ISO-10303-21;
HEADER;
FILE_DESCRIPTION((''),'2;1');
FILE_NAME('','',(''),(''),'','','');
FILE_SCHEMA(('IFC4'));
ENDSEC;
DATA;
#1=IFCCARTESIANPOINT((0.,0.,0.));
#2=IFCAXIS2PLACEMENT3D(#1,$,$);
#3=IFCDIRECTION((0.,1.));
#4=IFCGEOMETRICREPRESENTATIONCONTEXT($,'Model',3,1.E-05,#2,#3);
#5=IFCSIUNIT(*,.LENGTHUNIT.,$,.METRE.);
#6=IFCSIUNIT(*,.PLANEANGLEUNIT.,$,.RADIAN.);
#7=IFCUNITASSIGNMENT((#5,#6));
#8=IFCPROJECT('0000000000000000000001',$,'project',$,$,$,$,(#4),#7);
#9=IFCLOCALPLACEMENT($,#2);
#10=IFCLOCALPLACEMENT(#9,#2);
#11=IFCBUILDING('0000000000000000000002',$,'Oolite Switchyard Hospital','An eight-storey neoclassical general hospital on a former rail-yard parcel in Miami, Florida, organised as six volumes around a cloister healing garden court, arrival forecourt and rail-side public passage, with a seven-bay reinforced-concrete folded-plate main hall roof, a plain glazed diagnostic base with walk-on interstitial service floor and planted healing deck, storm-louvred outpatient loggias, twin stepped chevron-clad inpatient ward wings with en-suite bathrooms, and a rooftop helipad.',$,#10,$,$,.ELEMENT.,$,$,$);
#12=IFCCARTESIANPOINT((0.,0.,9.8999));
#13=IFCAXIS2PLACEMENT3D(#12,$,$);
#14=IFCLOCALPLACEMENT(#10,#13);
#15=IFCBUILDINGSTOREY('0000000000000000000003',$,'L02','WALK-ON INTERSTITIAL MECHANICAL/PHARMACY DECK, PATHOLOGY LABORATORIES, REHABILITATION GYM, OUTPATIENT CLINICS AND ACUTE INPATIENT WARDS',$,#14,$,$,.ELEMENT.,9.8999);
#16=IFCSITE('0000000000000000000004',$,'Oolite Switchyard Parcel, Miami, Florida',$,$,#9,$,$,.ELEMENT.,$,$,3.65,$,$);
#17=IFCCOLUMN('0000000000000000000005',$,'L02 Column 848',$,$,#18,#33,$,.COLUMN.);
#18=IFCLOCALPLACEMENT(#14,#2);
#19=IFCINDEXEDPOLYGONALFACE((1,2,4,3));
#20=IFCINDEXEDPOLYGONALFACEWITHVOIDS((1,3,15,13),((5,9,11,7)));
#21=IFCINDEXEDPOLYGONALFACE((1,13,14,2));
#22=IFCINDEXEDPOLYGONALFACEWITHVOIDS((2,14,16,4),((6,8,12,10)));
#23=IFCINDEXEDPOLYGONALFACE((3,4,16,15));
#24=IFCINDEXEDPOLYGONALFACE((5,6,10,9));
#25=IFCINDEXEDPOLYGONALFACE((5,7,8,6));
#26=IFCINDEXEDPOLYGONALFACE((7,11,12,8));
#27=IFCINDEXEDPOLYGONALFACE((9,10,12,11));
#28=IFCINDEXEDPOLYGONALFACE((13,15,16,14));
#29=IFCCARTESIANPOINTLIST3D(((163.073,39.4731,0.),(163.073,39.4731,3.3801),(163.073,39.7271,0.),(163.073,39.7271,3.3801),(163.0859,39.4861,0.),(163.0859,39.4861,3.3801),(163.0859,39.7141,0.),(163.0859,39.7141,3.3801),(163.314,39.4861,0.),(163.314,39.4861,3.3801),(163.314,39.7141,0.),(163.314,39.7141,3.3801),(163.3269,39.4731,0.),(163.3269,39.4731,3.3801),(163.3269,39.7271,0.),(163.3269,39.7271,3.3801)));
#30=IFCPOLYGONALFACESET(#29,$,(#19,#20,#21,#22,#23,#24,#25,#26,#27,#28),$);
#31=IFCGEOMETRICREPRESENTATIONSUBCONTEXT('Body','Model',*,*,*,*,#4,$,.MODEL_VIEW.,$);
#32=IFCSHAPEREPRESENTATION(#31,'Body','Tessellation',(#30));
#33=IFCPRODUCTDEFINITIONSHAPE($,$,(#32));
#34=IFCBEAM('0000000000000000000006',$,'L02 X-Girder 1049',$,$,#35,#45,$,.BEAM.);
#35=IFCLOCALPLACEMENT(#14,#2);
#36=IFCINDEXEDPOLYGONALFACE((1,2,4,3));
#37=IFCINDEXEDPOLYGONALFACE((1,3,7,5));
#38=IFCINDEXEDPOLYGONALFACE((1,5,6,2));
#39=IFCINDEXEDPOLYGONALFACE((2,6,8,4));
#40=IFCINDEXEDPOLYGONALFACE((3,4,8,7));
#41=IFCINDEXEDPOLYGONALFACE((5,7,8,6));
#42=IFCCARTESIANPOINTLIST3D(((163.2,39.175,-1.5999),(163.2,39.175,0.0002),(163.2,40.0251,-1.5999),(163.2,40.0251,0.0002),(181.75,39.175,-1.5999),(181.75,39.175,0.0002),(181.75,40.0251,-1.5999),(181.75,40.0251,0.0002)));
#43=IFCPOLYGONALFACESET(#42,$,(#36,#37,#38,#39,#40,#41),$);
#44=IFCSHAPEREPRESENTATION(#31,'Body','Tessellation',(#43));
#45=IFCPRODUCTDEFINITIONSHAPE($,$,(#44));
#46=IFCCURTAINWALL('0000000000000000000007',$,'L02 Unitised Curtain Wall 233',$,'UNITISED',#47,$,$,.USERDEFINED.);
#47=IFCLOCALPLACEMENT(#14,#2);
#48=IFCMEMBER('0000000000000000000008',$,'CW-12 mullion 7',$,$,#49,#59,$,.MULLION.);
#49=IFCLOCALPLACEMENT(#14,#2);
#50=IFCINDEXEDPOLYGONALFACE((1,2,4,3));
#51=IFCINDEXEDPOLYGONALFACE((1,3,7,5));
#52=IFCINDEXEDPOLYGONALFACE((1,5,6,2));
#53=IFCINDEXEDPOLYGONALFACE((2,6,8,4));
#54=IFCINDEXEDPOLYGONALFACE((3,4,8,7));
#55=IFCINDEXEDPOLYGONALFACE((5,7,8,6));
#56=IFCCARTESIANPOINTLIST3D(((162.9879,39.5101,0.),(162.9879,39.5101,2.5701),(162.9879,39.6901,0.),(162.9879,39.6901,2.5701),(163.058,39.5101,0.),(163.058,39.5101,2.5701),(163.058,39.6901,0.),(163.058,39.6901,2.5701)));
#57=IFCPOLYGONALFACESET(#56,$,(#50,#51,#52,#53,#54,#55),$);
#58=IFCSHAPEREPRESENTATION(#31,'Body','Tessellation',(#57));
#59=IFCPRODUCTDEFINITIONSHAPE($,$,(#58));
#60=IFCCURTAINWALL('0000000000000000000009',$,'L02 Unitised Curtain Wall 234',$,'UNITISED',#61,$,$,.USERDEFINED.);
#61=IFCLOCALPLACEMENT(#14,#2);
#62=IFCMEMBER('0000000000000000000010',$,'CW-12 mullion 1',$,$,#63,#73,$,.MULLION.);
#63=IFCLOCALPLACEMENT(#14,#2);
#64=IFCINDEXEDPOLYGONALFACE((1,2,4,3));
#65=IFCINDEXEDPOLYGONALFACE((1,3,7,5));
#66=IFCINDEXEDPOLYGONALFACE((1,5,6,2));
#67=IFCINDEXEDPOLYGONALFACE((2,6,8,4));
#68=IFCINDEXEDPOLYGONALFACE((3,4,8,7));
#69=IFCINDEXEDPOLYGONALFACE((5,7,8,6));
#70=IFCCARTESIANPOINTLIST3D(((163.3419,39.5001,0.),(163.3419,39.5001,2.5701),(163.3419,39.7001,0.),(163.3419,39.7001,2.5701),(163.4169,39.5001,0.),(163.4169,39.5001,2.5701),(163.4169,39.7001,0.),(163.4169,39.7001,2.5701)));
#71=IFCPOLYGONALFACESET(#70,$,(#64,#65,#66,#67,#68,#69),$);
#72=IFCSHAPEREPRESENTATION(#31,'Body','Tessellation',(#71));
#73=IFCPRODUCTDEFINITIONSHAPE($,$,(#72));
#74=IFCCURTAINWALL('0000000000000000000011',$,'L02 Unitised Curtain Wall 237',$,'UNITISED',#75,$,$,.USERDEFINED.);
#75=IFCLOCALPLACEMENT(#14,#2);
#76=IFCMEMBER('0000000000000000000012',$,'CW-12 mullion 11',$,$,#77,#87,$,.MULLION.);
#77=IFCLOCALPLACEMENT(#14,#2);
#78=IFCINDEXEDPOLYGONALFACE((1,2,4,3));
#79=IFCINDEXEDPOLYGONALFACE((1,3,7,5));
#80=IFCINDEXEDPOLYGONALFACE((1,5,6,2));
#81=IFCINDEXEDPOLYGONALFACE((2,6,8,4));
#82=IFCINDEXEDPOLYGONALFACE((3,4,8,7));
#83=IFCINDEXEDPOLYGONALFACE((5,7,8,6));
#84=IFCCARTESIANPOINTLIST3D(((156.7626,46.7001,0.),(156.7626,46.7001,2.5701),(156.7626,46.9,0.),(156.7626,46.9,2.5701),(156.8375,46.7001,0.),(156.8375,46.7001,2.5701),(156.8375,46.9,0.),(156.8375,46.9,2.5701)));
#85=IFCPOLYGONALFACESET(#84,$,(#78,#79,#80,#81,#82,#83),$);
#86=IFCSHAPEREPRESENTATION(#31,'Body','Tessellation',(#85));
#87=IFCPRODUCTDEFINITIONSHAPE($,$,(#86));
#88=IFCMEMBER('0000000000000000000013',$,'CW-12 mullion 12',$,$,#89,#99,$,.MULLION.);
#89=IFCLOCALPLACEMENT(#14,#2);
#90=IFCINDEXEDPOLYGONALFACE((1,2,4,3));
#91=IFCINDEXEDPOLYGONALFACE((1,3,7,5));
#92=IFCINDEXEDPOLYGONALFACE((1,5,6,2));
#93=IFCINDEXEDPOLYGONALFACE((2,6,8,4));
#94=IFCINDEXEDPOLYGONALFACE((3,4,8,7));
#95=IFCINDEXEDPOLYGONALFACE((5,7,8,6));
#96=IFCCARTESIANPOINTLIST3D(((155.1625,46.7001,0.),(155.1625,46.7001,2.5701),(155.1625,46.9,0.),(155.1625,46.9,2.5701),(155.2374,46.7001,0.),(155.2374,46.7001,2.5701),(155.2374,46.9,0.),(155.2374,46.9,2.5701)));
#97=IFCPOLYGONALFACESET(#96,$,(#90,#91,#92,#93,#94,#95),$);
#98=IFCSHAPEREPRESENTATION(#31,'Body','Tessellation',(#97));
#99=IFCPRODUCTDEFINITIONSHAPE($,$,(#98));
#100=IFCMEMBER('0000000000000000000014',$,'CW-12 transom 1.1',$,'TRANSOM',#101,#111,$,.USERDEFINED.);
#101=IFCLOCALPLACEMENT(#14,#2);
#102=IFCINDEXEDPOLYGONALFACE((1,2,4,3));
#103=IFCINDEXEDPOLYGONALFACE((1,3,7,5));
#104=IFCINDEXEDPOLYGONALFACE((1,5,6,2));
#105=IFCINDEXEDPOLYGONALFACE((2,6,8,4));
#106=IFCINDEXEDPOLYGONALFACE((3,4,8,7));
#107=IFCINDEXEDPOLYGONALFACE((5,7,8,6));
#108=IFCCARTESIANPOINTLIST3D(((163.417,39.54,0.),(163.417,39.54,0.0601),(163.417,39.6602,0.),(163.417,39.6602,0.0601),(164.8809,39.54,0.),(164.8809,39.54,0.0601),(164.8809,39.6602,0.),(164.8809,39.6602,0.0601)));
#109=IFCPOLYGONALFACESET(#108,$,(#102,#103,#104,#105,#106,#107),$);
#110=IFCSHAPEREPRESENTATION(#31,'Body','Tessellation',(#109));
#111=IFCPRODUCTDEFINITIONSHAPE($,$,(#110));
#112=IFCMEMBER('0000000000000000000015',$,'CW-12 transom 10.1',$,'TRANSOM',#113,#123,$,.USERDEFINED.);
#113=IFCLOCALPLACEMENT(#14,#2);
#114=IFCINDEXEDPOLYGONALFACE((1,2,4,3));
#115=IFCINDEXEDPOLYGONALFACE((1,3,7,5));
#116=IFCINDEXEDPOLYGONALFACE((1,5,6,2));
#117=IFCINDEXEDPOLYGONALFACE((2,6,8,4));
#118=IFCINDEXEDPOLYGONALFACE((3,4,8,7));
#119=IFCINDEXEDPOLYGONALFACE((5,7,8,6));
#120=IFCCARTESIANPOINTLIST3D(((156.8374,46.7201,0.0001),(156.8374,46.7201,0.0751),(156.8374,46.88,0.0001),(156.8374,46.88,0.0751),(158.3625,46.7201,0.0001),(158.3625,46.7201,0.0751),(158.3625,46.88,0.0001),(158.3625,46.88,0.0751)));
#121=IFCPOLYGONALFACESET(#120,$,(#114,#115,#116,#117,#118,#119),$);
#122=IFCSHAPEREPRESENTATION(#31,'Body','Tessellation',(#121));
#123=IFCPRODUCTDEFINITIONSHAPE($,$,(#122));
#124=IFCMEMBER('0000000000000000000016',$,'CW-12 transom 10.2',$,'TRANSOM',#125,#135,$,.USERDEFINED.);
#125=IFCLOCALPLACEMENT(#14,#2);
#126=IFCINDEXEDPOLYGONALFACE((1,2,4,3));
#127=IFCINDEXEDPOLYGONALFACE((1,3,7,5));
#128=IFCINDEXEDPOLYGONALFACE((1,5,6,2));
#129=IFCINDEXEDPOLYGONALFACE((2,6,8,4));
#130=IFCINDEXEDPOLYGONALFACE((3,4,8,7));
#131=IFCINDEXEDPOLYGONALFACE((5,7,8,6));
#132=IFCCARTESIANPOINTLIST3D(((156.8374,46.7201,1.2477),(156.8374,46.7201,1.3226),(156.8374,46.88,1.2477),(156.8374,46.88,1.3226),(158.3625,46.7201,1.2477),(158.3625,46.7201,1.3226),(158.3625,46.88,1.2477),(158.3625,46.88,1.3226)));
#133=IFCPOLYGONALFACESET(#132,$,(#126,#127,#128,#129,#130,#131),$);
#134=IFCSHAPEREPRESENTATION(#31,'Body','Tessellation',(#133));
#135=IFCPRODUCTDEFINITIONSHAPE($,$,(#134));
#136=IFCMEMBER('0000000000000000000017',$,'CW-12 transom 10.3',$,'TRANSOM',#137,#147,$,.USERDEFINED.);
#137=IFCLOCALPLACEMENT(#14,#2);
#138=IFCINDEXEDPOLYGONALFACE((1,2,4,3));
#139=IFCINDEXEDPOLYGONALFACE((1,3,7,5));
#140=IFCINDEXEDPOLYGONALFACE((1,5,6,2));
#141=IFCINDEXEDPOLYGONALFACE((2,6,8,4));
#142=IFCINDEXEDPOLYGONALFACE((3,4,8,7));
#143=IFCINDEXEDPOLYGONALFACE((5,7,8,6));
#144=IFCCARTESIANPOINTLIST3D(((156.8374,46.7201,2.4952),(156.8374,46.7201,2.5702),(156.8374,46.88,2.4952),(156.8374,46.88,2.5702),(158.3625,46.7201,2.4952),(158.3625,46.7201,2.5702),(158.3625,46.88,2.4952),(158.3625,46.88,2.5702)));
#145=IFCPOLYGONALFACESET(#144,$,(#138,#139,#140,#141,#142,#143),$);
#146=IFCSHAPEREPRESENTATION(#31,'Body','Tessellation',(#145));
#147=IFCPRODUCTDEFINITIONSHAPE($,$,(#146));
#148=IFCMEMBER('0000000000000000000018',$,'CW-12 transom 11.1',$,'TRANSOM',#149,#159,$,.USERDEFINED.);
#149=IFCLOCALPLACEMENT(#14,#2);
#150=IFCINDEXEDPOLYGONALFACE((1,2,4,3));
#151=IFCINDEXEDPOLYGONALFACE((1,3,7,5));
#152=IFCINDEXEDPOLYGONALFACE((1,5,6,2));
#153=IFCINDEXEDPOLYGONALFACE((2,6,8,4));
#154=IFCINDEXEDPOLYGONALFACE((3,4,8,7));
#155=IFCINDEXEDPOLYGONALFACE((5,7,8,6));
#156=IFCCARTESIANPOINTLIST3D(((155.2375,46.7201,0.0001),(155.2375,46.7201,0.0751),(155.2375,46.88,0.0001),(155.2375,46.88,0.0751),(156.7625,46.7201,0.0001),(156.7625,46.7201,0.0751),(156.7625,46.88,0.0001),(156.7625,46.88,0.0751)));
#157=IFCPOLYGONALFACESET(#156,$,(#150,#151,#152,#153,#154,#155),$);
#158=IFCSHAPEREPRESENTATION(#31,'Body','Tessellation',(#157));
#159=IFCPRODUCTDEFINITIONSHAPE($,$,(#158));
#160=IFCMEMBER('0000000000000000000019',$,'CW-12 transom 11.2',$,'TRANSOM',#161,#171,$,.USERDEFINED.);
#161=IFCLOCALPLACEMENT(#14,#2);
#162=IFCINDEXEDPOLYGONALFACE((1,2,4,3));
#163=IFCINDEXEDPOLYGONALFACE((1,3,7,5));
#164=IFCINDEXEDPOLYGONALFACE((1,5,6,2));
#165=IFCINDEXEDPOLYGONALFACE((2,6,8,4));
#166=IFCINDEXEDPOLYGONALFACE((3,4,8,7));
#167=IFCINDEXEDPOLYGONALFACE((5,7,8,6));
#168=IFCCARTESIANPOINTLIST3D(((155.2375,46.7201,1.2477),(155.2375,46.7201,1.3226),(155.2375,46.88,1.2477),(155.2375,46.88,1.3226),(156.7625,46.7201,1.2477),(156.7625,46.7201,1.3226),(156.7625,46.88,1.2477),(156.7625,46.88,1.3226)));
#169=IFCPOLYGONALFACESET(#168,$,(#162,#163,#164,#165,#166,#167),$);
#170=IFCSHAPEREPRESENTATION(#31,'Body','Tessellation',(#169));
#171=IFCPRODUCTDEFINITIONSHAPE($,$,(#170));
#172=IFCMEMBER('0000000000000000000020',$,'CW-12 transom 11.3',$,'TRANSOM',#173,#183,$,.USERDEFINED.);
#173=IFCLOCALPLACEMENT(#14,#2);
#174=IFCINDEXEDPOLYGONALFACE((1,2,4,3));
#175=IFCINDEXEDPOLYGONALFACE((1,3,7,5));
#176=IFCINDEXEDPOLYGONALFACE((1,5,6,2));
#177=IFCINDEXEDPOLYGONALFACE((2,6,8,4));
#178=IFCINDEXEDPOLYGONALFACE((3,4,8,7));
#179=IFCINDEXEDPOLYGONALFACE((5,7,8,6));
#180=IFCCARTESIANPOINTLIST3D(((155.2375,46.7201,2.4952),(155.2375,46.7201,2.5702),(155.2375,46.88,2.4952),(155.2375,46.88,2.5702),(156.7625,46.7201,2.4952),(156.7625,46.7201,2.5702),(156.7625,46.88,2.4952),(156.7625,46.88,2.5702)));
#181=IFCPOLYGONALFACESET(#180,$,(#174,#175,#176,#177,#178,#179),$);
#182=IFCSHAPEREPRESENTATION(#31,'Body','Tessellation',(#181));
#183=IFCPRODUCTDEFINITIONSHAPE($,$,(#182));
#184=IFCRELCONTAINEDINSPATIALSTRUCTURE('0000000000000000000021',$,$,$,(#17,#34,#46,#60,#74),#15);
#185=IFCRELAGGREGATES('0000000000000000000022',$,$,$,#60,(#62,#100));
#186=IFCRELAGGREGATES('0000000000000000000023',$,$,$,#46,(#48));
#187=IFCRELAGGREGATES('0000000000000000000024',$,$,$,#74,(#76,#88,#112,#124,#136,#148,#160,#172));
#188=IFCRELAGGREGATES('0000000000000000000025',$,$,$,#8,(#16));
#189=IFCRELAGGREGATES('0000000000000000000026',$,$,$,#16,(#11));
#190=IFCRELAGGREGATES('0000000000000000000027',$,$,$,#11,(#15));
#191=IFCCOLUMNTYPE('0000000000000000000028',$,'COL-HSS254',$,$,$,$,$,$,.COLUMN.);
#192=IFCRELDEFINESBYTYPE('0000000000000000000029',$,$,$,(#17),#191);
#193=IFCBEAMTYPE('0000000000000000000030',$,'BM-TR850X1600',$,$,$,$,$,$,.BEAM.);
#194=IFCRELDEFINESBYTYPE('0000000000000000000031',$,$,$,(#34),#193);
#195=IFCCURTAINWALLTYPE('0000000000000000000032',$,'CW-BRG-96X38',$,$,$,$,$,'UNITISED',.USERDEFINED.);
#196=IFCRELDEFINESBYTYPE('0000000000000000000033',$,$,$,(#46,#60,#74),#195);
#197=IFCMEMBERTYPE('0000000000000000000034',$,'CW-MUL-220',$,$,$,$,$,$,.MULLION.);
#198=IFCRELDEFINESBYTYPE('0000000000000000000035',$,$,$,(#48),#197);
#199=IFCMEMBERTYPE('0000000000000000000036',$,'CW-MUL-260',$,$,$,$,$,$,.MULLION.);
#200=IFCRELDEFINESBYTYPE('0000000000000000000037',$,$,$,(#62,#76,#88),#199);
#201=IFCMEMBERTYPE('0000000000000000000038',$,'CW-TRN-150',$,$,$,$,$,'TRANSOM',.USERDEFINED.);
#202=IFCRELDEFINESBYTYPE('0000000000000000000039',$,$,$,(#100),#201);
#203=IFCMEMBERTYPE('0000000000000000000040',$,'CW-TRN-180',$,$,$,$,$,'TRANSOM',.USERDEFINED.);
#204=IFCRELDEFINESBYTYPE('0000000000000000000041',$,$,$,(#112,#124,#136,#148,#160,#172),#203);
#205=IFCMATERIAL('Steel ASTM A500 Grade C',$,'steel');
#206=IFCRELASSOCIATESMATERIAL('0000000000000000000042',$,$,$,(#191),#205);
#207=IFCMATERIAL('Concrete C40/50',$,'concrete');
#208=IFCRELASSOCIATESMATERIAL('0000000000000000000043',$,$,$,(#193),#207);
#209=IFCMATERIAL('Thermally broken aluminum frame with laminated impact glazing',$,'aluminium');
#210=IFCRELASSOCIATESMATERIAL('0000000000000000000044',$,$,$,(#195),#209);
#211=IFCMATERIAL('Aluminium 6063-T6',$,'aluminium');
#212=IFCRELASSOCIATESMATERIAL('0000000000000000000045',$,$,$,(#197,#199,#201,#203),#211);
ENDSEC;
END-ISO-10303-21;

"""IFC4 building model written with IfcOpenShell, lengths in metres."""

from ifc_helpers import new_model, si_unit, direction, frame, origin, origin_2d, place, context, subcontext, project, spatial, rectangle, hollow_rectangle, extrude, material, material_profile, profile_set, type_object, element, aggregate, save


model = new_model("IFC4")

# Units and contexts
model_context = context("Model", 3, precision=1e-05, world=origin(), true_north=direction((0.0, 1.0)))
body_context = subcontext(model_context, "Body", "Model", "MODEL_VIEW")
ifc_project = project(units=[si_unit("LENGTHUNIT", "METRE"), si_unit("PLANEANGLEUNIT", "RADIAN")], contexts=[model_context])

# Site, building, storey
site_placement = place(None, origin())
site = spatial("IfcSite", under=ifc_project, at=site_placement, Name="Oolite Switchyard Parcel, Miami, Florida", CompositionType="ELEMENT", RefElevation=3.65)
building_placement = place(site_placement, origin())
building = spatial("IfcBuilding", under=site, at=building_placement, Name="Oolite Switchyard Hospital", Description="An eight-storey neoclassical general hospital on a former rail-yard parcel in Miami, Florida, organised as six volumes around a cloister healing garden court, arrival forecourt and rail-side public passage, with a seven-bay reinforced-concrete folded-plate main hall roof, a plain glazed diagnostic base with walk-on interstitial service floor and planted healing deck, storm-louvred outpatient loggias, twin stepped chevron-clad inpatient ward wings with en-suite bathrooms, and a rooftop helipad.", CompositionType="ELEMENT")
storey_placement = place(building_placement, frame((0.0, 0.0, 9.8999)))
storey = spatial("IfcBuildingStorey", under=building, at=storey_placement, Name="L02", Description="WALK-ON INTERSTITIAL MECHANICAL/PHARMACY DECK, PATHOLOGY LABORATORIES, REHABILITATION GYM, OUTPATIENT CLINICS AND ACUTE INPATIENT WARDS", CompositionType="ELEMENT", Elevation=9.8999)

# Column
ifc_material_1 = material(Name="Steel ASTM A500 Grade C", Category="steel")
ifc_material_profile_1 = material_profile(ifc_material_1, hollow_rectangle(XDim=0.2539, YDim=0.2539, WallThickness=0.0129, at=origin_2d()), Name="HSS254X254X13")
ifc_profile_set_1 = profile_set([ifc_material_profile_1], Name="Steel ASTM A500 Grade C")
column_type = type_object("IfcColumnType", Name="COL-HSS254", PredefinedType="COLUMN", material=ifc_profile_set_1)
column_placement = place(storey_placement, frame((163.2, 39.6001, 0.0), z_axis=(0.0, 0.0, 1.0), x_axis=(1.0, 0.0, 0.0)))
element("IfcColumn", 1, at=column_placement, inside=storey, type_object=column_type, Name="L02 Column 848", PredefinedType="COLUMN", context=body_context, shape_type="SweptSolid", body=[
    extrude(hollow_rectangle(XDim=0.2539, YDim=0.2539, WallThickness=0.0129, at=origin_2d()), origin(), (0.0, 0.0, 1.0), 3.3801),
])

# Beam
ifc_material_2 = material(Name="Concrete C40/50", Category="concrete")
ifc_material_profile_2 = material_profile(ifc_material_2, rectangle(XDim=0.8501, YDim=1.6001, at=origin_2d()), Name="RCT850X1600")
ifc_profile_set_2 = profile_set([ifc_material_profile_2], Name="Concrete C40/50")
beam_type = type_object("IfcBeamType", Name="BM-TR850X1600", PredefinedType="BEAM", material=ifc_profile_set_2)
beam_placement = place(storey_placement, frame((163.2, 39.6001, -0.7998), z_axis=(1.0, 0.0, 0.0), x_axis=(0.0, 1.0, 0.0)))
element("IfcBeam", 2, at=beam_placement, inside=storey, type_object=beam_type, Name="L02 X-Girder 1049", PredefinedType="BEAM", context=body_context, shape_type="SweptSolid", body=[
    extrude(rectangle(XDim=0.8501, YDim=1.6001, at=origin_2d()), origin(), (0.0, 0.0, 1.0), 18.55),
])

# Curtain walls, members
ifc_material_3 = material(Name="Thermally broken aluminum frame with laminated impact glazing", Category="aluminium")
curtain_wall_type = type_object("IfcCurtainWallType", Name="CW-BRG-96X38", ElementType="UNITISED", PredefinedType="USERDEFINED", material=ifc_material_3)
curtain_wall_1_placement = place(storey_placement, origin())
curtain_wall_1 = element("IfcCurtainWall", 3, at=curtain_wall_1_placement, inside=storey, type_object=curtain_wall_type, Name="L02 Unitised Curtain Wall 233", ObjectType="UNITISED", PredefinedType="USERDEFINED")
ifc_material_4 = material(Name="Aluminium 6063-T6", Category="aluminium")
ifc_material_profile_3 = material_profile(ifc_material_4, rectangle(XDim=0.1799, YDim=0.0701, at=origin_2d()), Name="CWM70X180")
ifc_profile_set_3 = profile_set([ifc_material_profile_3], Name="Aluminium 6063-T6")
member_type_1 = type_object("IfcMemberType", Name="CW-MUL-220", PredefinedType="MULLION", material=ifc_profile_set_3)
member_1_placement = place(storey_placement, frame((163.0229, 39.6001, 0.0), z_axis=(0.0, 0.0, 1.0), x_axis=(0.0, 1.0, 0.0)))
member_1 = element("IfcMember", 4, at=member_1_placement, type_object=member_type_1, Name="CW-12 mullion 7", PredefinedType="MULLION", context=body_context, shape_type="SweptSolid", body=[
    extrude(rectangle(XDim=0.1799, YDim=0.0701, at=origin_2d()), origin(), (0.0, 0.0, 1.0), 2.5701),
])
curtain_wall_2_placement = place(storey_placement, origin())
curtain_wall_2 = element("IfcCurtainWall", 5, at=curtain_wall_2_placement, inside=storey, type_object=curtain_wall_type, Name="L02 Unitised Curtain Wall 234", ObjectType="UNITISED", PredefinedType="USERDEFINED")
ifc_material_profile_4 = material_profile(ifc_material_4, rectangle(XDim=0.2, YDim=0.075, at=origin_2d()), Name="CWM75X200")
ifc_profile_set_4 = profile_set([ifc_material_profile_4], Name="Aluminium 6063-T6")
member_type_2 = type_object("IfcMemberType", Name="CW-MUL-260", PredefinedType="MULLION", material=ifc_profile_set_4)
member_2_placement = place(storey_placement, frame((163.3794, 39.6001, 0.0), z_axis=(0.0, 0.0, 1.0), x_axis=(0.0, 1.0, 0.0)))
member_2 = element("IfcMember", 6, at=member_2_placement, type_object=member_type_2, Name="CW-12 mullion 1", PredefinedType="MULLION", context=body_context, shape_type="SweptSolid", body=[
    extrude(rectangle(XDim=0.2, YDim=0.075, at=origin_2d()), origin(), (0.0, 0.0, 1.0), 2.5701),
])

# Curtain wall, members
curtain_wall_3_placement = place(storey_placement, origin())
curtain_wall_3 = element("IfcCurtainWall", 7, at=curtain_wall_3_placement, inside=storey, type_object=curtain_wall_type, Name="L02 Unitised Curtain Wall 237", ObjectType="UNITISED", PredefinedType="USERDEFINED")
member_3_placement = place(storey_placement, frame((156.8, 46.8, 0.0), z_axis=(0.0, 0.0, 1.0), x_axis=(0.0, -1.0, 0.0)))
member_3 = element("IfcMember", 8, at=member_3_placement, type_object=member_type_2, Name="CW-12 mullion 11", PredefinedType="MULLION", context=body_context, shape_type="SweptSolid", body=[
    extrude(rectangle(XDim=0.2, YDim=0.075, at=origin_2d()), origin(), (0.0, 0.0, 1.0), 2.5701),
])
member_4_placement = place(storey_placement, frame((155.2, 46.8, 0.0), z_axis=(0.0, 0.0, 1.0), x_axis=(0.0, -1.0, 0.0)))
member_4 = element("IfcMember", 9, at=member_4_placement, type_object=member_type_2, Name="CW-12 mullion 12", PredefinedType="MULLION", context=body_context, shape_type="SweptSolid", body=[
    extrude(rectangle(XDim=0.2, YDim=0.075, at=origin_2d()), origin(), (0.0, 0.0, 1.0), 2.5701),
])

# Members
ifc_material_profile_5 = material_profile(ifc_material_4, rectangle(XDim=0.1201, YDim=0.0601, at=origin_2d()), Name="CWT60X120")
ifc_profile_set_5 = profile_set([ifc_material_profile_5], Name="Aluminium 6063-T6")
member_type_3 = type_object("IfcMemberType", Name="CW-TRN-150", ElementType="TRANSOM", PredefinedType="USERDEFINED", material=ifc_profile_set_5)
member_5_placement = place(storey_placement, frame((163.417, 39.6001, 0.03), z_axis=(1.0, 0.0, 0.0), x_axis=(0.0, 1.0, 0.0)))
member_5 = element("IfcMember", 10, at=member_5_placement, type_object=member_type_3, Name="CW-12 transom 1.1", ObjectType="TRANSOM", PredefinedType="USERDEFINED", context=body_context, shape_type="SweptSolid", body=[
    extrude(rectangle(XDim=0.1201, YDim=0.0601, at=origin_2d()), origin(), (0.0, 0.0, 1.0), 1.4639),
])
aggregate(curtain_wall_2, [member_2, member_5])
ifc_material_profile_6 = material_profile(ifc_material_4, rectangle(XDim=0.1599, YDim=0.075, at=origin_2d()), Name="CWT75X160")
ifc_profile_set_6 = profile_set([ifc_material_profile_6], Name="Aluminium 6063-T6")
member_type_4 = type_object("IfcMemberType", Name="CW-TRN-180", ElementType="TRANSOM", PredefinedType="USERDEFINED", material=ifc_profile_set_6)
member_6_placement = place(storey_placement, frame((158.3625, 46.8, 0.0376), z_axis=(-1.0, 0.0, 0.0), x_axis=(0.0, -1.0, 0.0)))
member_6 = element("IfcMember", 11, at=member_6_placement, type_object=member_type_4, Name="CW-12 transom 10.1", ObjectType="TRANSOM", PredefinedType="USERDEFINED", context=body_context, shape_type="SweptSolid", body=[
    extrude(rectangle(XDim=0.1599, YDim=0.075, at=origin_2d()), origin(), (0.0, 0.0, 1.0), 1.5251),
])
member_7_placement = place(storey_placement, frame((158.3625, 46.8, 1.2852), z_axis=(-1.0, 0.0, 0.0), x_axis=(0.0, -1.0, 0.0)))
member_7 = element("IfcMember", 12, at=member_7_placement, type_object=member_type_4, Name="CW-12 transom 10.2", ObjectType="TRANSOM", PredefinedType="USERDEFINED", context=body_context, shape_type="SweptSolid", body=[
    extrude(rectangle(XDim=0.1599, YDim=0.075, at=origin_2d()), origin(), (0.0, 0.0, 1.0), 1.5251),
])
member_8_placement = place(storey_placement, frame((158.3625, 46.8, 2.5327), z_axis=(-1.0, 0.0, 0.0), x_axis=(0.0, -1.0, 0.0)))
member_8 = element("IfcMember", 13, at=member_8_placement, type_object=member_type_4, Name="CW-12 transom 10.3", ObjectType="TRANSOM", PredefinedType="USERDEFINED", context=body_context, shape_type="SweptSolid", body=[
    extrude(rectangle(XDim=0.1599, YDim=0.075, at=origin_2d()), origin(), (0.0, 0.0, 1.0), 1.5251),
])
member_9_placement = place(storey_placement, frame((156.7625, 46.8, 0.0376), z_axis=(-1.0, 0.0, 0.0), x_axis=(0.0, -1.0, 0.0)))
member_9 = element("IfcMember", 14, at=member_9_placement, type_object=member_type_4, Name="CW-12 transom 11.1", ObjectType="TRANSOM", PredefinedType="USERDEFINED", context=body_context, shape_type="SweptSolid", body=[
    extrude(rectangle(XDim=0.1599, YDim=0.075, at=origin_2d()), origin(), (0.0, 0.0, 1.0), 1.5249),
])
member_10_placement = place(storey_placement, frame((156.7625, 46.8, 1.2852), z_axis=(-1.0, 0.0, 0.0), x_axis=(0.0, -1.0, 0.0)))
member_10 = element("IfcMember", 15, at=member_10_placement, type_object=member_type_4, Name="CW-12 transom 11.2", ObjectType="TRANSOM", PredefinedType="USERDEFINED", context=body_context, shape_type="SweptSolid", body=[
    extrude(rectangle(XDim=0.1599, YDim=0.075, at=origin_2d()), origin(), (0.0, 0.0, 1.0), 1.5249),
])
member_11_placement = place(storey_placement, frame((156.7625, 46.8, 2.5327), z_axis=(-1.0, 0.0, 0.0), x_axis=(0.0, -1.0, 0.0)))
member_11 = element("IfcMember", 16, at=member_11_placement, type_object=member_type_4, Name="CW-12 transom 11.3", ObjectType="TRANSOM", PredefinedType="USERDEFINED", context=body_context, shape_type="SweptSolid", body=[
    extrude(rectangle(XDim=0.1599, YDim=0.075, at=origin_2d()), origin(), (0.0, 0.0, 1.0), 1.5249),
])

aggregate(curtain_wall_1, [member_1])
aggregate(curtain_wall_3, [member_3, member_4, member_6, member_7, member_8, member_9, member_10, member_11])

save(model, "model.ifc")
